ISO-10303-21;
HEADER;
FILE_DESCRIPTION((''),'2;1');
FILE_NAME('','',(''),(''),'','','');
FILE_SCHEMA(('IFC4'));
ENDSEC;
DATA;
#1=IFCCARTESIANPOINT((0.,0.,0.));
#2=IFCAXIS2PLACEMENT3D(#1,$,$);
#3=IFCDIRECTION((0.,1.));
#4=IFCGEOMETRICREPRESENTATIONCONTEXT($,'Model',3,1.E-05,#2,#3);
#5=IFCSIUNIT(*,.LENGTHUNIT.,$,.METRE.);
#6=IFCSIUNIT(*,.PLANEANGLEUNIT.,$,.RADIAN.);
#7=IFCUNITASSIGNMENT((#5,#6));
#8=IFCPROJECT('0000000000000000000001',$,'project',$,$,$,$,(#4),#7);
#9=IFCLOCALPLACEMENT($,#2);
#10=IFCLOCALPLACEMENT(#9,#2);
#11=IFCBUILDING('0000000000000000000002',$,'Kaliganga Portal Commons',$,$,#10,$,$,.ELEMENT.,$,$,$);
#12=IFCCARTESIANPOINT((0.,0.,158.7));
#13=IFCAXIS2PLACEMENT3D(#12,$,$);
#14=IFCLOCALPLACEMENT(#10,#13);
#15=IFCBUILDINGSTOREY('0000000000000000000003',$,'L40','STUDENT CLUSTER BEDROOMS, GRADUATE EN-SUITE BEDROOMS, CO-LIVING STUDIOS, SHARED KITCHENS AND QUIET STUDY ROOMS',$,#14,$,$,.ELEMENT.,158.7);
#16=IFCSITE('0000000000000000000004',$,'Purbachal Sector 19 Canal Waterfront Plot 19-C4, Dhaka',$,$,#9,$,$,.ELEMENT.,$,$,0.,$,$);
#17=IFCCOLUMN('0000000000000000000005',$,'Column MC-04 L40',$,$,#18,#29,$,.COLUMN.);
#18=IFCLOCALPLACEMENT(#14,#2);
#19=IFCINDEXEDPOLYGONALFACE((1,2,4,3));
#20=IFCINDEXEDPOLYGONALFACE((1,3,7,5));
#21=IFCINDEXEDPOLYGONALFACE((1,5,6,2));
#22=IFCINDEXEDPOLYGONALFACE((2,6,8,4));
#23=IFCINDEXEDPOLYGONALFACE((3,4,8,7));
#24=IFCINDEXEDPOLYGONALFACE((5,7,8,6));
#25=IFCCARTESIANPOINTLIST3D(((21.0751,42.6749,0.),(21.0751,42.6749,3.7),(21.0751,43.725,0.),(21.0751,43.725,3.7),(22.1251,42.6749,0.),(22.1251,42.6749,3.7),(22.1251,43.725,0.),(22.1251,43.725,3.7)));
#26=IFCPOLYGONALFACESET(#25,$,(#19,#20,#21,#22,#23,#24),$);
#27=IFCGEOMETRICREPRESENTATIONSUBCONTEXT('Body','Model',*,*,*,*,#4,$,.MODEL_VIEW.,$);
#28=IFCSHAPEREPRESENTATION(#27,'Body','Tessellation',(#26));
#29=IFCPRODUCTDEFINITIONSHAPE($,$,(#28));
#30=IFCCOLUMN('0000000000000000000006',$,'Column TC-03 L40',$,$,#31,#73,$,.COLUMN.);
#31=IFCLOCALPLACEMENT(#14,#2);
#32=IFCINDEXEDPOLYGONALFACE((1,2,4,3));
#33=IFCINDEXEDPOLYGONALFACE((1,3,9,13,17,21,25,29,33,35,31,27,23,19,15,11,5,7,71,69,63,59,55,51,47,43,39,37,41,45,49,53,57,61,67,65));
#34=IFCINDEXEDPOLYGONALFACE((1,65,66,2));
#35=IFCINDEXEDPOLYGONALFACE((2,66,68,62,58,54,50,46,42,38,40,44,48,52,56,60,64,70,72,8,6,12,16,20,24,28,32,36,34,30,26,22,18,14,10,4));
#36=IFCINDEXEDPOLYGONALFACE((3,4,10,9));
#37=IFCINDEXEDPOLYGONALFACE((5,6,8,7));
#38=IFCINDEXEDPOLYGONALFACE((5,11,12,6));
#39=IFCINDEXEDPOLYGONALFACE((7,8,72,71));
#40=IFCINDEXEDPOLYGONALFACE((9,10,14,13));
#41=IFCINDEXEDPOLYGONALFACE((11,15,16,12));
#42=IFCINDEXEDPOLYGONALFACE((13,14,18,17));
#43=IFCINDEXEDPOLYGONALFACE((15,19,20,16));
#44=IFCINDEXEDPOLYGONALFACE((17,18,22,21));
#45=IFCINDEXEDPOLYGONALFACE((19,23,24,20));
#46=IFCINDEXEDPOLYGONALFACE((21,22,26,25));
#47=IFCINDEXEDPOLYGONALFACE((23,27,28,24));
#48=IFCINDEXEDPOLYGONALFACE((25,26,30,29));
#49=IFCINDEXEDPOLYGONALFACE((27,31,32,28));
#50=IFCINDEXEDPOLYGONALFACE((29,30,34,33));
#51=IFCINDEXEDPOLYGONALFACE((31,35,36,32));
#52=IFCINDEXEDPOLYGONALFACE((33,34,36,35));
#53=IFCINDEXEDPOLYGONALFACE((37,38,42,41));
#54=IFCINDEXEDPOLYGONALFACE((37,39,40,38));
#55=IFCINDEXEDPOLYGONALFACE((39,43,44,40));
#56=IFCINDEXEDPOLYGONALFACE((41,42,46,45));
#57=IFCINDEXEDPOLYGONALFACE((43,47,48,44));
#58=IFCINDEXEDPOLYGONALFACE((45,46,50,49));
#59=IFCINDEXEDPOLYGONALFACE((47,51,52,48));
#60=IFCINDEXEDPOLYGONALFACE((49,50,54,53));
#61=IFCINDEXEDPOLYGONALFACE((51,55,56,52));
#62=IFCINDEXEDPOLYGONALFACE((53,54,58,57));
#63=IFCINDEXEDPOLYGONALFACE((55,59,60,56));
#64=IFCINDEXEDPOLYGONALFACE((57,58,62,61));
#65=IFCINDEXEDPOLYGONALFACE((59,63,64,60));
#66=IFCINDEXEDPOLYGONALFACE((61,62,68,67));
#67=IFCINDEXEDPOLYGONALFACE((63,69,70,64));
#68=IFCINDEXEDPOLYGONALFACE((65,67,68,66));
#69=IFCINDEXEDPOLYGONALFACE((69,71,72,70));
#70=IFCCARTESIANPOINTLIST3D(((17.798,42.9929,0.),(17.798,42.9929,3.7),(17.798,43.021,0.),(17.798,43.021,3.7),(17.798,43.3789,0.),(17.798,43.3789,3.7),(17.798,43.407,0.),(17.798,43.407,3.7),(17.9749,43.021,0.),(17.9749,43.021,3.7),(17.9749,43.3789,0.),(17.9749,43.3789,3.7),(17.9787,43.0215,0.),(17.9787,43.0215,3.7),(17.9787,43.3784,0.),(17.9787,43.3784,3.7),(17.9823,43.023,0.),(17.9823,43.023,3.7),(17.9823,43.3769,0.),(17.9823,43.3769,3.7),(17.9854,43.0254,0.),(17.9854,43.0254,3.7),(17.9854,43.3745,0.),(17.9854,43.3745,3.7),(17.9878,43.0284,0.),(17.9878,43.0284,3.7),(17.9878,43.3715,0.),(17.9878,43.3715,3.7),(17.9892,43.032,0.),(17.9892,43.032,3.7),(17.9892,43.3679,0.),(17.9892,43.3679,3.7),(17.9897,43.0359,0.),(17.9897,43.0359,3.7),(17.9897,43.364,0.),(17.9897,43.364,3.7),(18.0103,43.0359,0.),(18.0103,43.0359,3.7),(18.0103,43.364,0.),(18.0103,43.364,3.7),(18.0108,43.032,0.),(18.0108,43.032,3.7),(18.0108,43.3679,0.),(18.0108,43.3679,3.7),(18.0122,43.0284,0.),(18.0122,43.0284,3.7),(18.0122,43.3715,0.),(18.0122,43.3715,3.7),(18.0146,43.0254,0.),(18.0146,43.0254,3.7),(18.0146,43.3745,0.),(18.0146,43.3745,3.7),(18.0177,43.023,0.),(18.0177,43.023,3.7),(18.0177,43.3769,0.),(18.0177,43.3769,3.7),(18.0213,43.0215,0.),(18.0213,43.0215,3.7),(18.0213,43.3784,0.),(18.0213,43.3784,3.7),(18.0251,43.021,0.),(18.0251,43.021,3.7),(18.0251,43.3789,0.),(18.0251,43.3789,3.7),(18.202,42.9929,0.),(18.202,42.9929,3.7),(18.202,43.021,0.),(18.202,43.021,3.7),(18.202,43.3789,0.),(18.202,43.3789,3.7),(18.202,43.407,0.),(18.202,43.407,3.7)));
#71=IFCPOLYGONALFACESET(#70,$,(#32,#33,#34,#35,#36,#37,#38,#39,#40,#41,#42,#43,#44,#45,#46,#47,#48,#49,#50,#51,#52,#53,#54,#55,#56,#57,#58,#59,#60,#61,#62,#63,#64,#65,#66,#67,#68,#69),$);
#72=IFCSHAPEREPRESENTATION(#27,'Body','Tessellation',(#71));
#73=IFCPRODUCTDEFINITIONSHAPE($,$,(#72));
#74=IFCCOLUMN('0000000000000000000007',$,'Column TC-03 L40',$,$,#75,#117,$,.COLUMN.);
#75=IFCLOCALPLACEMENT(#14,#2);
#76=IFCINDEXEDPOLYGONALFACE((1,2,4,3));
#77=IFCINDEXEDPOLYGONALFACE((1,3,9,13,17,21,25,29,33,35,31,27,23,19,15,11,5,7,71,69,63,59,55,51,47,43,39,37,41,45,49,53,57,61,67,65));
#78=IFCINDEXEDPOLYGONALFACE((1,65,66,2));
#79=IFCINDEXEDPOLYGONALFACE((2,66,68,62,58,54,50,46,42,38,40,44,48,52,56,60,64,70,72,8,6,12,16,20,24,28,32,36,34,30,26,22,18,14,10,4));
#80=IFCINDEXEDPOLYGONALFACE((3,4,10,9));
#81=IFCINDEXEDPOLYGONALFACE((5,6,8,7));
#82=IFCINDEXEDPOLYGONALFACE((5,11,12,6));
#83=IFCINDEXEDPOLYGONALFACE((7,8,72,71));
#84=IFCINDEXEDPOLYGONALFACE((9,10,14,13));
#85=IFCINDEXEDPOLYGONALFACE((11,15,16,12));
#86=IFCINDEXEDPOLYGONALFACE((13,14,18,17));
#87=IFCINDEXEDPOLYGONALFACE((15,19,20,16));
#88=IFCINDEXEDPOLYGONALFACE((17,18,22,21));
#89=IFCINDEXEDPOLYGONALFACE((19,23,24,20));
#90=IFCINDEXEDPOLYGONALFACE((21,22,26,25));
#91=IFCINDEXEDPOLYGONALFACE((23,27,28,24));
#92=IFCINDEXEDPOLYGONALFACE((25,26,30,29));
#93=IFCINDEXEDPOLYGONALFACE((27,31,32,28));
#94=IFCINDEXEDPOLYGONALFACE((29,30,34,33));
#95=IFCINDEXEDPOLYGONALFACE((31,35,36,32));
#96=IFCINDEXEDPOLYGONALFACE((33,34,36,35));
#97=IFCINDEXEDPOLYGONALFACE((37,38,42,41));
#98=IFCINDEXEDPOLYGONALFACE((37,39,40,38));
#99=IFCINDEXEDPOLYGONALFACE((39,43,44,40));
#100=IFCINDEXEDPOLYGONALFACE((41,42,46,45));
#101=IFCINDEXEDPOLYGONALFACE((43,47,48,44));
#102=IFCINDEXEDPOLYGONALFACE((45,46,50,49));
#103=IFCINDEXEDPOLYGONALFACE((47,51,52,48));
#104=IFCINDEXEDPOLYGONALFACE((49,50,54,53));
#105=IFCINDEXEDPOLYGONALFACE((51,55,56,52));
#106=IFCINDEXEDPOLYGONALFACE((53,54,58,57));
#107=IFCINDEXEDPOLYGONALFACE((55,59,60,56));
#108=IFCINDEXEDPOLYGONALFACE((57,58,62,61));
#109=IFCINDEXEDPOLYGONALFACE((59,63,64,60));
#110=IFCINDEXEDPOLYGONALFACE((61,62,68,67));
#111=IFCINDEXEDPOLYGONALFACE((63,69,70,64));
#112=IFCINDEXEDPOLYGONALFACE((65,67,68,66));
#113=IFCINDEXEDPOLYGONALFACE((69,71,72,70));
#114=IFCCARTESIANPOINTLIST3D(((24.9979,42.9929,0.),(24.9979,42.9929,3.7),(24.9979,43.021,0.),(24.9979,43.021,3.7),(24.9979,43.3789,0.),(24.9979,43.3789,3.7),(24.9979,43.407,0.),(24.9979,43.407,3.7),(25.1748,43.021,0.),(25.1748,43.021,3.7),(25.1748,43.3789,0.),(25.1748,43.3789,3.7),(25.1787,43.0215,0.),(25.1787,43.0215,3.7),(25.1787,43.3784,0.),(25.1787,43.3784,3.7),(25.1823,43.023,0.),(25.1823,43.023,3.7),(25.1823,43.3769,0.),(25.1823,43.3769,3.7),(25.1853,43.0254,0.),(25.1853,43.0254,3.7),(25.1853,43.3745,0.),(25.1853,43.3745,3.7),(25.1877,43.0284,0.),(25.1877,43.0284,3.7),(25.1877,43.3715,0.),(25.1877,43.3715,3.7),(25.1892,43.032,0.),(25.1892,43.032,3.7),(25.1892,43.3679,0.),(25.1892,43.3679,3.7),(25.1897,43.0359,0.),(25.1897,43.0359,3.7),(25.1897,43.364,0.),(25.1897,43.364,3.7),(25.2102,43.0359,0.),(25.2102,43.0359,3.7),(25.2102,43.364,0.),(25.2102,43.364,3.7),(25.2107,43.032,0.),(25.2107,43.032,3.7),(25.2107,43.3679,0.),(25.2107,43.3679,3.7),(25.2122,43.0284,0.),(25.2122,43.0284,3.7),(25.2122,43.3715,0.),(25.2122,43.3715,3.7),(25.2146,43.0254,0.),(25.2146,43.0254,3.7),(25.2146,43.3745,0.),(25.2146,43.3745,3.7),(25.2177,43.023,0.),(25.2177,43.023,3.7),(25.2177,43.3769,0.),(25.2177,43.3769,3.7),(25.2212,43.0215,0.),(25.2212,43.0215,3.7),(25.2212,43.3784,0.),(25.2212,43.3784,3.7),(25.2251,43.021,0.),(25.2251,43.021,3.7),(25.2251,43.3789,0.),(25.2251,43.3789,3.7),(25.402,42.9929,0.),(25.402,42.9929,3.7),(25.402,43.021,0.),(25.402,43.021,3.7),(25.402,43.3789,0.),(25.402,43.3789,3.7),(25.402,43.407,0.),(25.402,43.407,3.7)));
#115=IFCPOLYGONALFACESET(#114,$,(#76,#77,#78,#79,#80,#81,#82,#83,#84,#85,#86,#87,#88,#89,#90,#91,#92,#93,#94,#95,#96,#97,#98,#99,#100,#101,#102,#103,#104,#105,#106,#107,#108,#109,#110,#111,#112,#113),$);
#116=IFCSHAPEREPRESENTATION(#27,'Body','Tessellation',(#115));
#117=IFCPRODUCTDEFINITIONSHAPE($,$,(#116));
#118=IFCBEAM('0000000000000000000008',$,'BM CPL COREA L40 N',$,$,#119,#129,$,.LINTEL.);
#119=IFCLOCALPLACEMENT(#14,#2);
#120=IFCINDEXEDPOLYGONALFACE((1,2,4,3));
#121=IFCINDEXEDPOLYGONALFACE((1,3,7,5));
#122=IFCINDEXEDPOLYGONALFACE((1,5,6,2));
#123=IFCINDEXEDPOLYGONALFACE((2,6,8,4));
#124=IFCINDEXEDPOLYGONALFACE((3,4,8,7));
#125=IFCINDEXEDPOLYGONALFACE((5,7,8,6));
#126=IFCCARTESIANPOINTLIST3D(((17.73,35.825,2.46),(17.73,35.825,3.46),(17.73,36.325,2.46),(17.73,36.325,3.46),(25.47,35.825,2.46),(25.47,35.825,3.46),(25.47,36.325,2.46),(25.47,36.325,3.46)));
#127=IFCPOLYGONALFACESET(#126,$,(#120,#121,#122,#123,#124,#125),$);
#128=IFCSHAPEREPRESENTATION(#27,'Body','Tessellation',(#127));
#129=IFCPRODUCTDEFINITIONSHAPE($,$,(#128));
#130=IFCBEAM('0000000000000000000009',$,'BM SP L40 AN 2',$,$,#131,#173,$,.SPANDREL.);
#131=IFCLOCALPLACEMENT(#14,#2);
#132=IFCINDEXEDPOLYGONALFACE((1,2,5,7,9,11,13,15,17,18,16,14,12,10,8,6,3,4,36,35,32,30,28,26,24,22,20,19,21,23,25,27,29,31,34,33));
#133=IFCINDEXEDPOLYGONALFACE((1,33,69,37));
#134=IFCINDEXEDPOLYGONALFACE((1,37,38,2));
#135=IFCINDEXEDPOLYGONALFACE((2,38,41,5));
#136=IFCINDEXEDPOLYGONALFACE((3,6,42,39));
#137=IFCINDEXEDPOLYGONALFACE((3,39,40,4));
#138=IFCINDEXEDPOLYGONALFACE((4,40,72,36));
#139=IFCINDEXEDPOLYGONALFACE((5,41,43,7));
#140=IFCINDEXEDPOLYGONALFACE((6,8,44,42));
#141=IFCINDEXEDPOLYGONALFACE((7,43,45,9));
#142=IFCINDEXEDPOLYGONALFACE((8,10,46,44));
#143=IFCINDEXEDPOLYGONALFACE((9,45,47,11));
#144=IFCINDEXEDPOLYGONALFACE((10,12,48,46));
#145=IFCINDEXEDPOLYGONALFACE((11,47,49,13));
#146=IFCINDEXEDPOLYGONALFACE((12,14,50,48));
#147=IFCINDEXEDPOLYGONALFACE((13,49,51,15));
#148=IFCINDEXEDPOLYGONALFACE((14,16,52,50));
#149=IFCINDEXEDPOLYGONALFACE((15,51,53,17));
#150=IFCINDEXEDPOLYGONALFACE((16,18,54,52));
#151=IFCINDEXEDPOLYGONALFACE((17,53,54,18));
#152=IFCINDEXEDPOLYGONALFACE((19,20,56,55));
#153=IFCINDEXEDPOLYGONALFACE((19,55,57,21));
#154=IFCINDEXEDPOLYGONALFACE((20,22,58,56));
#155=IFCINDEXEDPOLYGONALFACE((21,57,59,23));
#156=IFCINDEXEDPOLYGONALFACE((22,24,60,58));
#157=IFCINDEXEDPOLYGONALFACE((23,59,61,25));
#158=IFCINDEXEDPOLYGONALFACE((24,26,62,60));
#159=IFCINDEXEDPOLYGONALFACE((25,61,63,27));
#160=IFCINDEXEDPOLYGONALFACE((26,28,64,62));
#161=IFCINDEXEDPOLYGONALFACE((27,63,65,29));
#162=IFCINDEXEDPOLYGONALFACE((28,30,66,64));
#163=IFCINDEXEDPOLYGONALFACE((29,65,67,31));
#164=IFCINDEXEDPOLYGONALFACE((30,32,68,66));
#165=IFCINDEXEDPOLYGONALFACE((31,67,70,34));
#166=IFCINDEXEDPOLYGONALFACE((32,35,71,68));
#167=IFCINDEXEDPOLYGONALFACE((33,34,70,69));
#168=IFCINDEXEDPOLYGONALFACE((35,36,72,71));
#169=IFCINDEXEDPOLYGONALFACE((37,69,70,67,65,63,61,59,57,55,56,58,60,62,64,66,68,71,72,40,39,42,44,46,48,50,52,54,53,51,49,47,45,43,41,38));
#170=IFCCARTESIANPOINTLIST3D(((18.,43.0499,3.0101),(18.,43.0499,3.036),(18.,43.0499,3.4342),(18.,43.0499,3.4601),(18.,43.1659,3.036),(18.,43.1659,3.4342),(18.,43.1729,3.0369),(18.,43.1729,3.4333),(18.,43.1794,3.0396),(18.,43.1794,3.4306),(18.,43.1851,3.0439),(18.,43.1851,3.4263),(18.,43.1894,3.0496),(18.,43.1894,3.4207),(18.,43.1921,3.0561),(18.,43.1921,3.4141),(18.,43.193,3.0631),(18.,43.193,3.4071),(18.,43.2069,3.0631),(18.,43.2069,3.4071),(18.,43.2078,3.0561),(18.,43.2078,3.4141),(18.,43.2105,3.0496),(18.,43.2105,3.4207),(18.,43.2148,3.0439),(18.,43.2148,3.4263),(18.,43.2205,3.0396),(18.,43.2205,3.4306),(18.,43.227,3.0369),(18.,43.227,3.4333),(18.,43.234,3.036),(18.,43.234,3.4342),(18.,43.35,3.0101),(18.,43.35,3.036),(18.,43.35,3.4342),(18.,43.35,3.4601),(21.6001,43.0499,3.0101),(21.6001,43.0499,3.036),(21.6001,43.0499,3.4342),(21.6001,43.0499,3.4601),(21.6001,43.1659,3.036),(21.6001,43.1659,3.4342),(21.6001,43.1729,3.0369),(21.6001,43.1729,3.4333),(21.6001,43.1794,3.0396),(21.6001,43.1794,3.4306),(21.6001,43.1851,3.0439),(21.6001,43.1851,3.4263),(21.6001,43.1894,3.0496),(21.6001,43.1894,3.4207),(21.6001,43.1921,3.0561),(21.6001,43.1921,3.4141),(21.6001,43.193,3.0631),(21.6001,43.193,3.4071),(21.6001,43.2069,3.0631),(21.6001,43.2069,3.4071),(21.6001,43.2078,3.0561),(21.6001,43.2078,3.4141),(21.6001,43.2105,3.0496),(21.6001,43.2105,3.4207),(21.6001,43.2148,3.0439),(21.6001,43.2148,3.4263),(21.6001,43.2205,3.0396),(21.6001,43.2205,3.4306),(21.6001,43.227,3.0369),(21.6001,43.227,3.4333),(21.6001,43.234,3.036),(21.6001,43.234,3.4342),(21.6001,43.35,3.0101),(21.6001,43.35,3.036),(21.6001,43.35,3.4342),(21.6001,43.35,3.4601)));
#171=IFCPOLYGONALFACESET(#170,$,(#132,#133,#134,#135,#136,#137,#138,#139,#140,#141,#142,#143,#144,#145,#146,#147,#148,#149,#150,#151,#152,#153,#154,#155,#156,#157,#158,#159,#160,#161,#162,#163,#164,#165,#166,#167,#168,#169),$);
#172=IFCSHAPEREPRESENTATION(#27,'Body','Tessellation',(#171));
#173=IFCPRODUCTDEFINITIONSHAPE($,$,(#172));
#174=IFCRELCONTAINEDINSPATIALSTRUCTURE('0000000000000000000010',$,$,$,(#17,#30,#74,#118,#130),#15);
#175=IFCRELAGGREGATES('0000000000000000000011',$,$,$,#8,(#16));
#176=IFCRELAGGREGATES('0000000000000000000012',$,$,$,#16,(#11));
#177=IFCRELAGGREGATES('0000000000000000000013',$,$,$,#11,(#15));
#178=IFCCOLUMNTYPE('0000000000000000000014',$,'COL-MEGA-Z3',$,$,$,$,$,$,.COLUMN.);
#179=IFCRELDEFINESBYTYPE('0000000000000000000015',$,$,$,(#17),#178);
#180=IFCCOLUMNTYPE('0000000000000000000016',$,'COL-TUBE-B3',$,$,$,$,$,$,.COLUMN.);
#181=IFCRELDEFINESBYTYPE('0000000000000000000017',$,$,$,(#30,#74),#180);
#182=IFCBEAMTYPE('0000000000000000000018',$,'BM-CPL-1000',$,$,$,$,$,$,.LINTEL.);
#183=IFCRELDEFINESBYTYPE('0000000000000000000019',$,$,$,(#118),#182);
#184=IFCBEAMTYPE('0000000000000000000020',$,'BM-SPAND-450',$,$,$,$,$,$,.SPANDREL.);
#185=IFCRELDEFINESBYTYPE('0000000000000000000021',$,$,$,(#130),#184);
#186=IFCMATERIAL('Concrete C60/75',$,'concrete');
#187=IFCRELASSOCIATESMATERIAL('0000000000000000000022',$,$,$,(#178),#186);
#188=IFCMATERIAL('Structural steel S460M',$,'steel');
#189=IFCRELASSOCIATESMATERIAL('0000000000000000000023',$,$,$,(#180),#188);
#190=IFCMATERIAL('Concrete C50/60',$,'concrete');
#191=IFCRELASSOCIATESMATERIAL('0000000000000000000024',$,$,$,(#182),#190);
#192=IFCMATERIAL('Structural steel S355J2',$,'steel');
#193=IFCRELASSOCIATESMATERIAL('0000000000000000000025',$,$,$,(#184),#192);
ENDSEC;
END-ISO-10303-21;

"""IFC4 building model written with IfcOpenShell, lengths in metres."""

from ifc_helpers import new_model, si_unit, direction, frame, origin, origin_2d, place, context, subcontext, project, spatial, rectangle, i_section, extrude, source, transform, mapped, material, material_profile, profile_set, type_object, element, save


model = new_model("IFC4")

# Units and contexts
model_context = context("Model", 3, precision=1e-05, world=origin(), true_north=direction((0.0, 1.0)))
body_context = subcontext(model_context, "Body", "Model", "MODEL_VIEW")
ifc_project = project(units=[si_unit("LENGTHUNIT", "METRE"), si_unit("PLANEANGLEUNIT", "RADIAN")], contexts=[model_context])

# Site, building, storey
site_placement = place(None, origin())
site = spatial("IfcSite", under=ifc_project, at=site_placement, Name="Purbachal Sector 19 Canal Waterfront Plot 19-C4, Dhaka", CompositionType="ELEMENT", RefElevation=0.0)
building_placement = place(site_placement, origin())
building = spatial("IfcBuilding", under=site, at=building_placement, Name="Kaliganga Portal Commons", CompositionType="ELEMENT")
storey_placement = place(building_placement, frame((0.0, 0.0, 158.7)))
storey = spatial("IfcBuildingStorey", under=building, at=storey_placement, Name="L40", Description="STUDENT CLUSTER BEDROOMS, GRADUATE EN-SUITE BEDROOMS, CO-LIVING STUDIOS, SHARED KITCHENS AND QUIET STUDY ROOMS", CompositionType="ELEMENT", Elevation=158.7)

# Columns
ifc_material_1 = material(Name="Concrete C60/75", Category="concrete")
ifc_material_profile_1 = material_profile(ifc_material_1, rectangle(XDim=1.05, YDim=1.05, at=origin_2d()), Name="RC 1050x1050")
ifc_profile_set_1 = profile_set([ifc_material_profile_1], Name="Concrete C60/75")
column_type_1 = type_object("IfcColumnType", Name="COL-MEGA-Z3", PredefinedType="COLUMN", material=ifc_profile_set_1)
shared_shape_1 = source(origin(), body_context, "Body", "SweptSolid", [
    extrude(rectangle(XDim=1.05, YDim=1.05, at=origin_2d()), origin(), (0.0, 0.0, 1.0), 3.7),
])
column_placement = place(storey_placement, frame((21.6001, 43.2, 0.0), z_axis=(0.0, 0.0, 1.0), x_axis=(1.0, 0.0, 0.0)))
element("IfcColumn", 1, at=column_placement, inside=storey, type_object=column_type_1, Name="Column MC-04 L40", PredefinedType="COLUMN", context=body_context, shape_type="MappedRepresentation", body=[
    mapped(shared_shape_1, transform((0.0, 0.0, 0.0), x_axis=(1.0, 0.0, 0.0), y_axis=(0.0, 1.0, 0.0), z_axis=(0.0, 0.0, 1.0), scale=1.0)),
])
ifc_material_2 = material(Name="Structural steel S460M", Category="steel")
ifc_material_profile_2 = material_profile(ifc_material_2, i_section(OverallWidth=0.4041, OverallDepth=0.4141, WebThickness=0.0205, FlangeThickness=0.0281, FilletRadius=0.0149, at=origin_2d()), Name="HD 400x347")
ifc_profile_set_2 = profile_set([ifc_material_profile_2], Name="Structural steel S460M wide-flange")
column_type_2 = type_object("IfcColumnType", Name="COL-TUBE-B3", PredefinedType="COLUMN", material=ifc_profile_set_2)
shared_shape_2 = source(origin(), body_context, "Body", "SweptSolid", [
    extrude(i_section(OverallWidth=0.4041, OverallDepth=0.4141, WebThickness=0.0205, FlangeThickness=0.0281, FilletRadius=0.0149, at=origin_2d()), origin(), (0.0, 0.0, 1.0), 3.7),
])
for number, where, z_axis, x_axis, name in (
    (2, (18.0, 43.2, 0.0), (0.0, 0.0, 1.0), (1.0, 0.0, 0.0), "Column TC-03 L40"),
    (3, (25.2, 43.2, 0.0), (0.0, 0.0, 1.0), (1.0, 0.0, 0.0), "Column TC-03 L40"),
):
    element("IfcColumn", number, at=place(storey_placement, frame(where, z_axis=z_axis, x_axis=x_axis)), inside=storey, type_object=column_type_2, Name=name, PredefinedType="COLUMN", context=body_context, shape_type="MappedRepresentation", body=[
        mapped(shared_shape_2, transform((0.0, 0.0, 0.0), x_axis=(1.0, 0.0, 0.0), y_axis=(0.0, 1.0, 0.0), z_axis=(0.0, 0.0, 1.0), scale=1.0)),
    ])

# Beams
ifc_material_3 = material(Name="Concrete C50/60", Category="concrete")
ifc_material_profile_3 = material_profile(ifc_material_3, rectangle(XDim=0.5, YDim=1.0, at=origin_2d()), Name="RC 500x1000")
ifc_profile_set_3 = profile_set([ifc_material_profile_3], Name="Concrete C50/60")
beam_type_1 = type_object("IfcBeamType", Name="BM-CPL-1000", PredefinedType="LINTEL", material=ifc_profile_set_3)
shared_shape_3 = source(origin(), body_context, "Body", "SweptSolid", [
    extrude(rectangle(XDim=0.5, YDim=1.0, at=origin_2d()), origin(), (0.0, 0.0, 1.0), 7.74),
])
beam_1_placement = place(storey_placement, frame((17.73, 36.075, 2.96), z_axis=(1.0, 0.0, 0.0), x_axis=(0.0, 1.0, 0.0)))
element("IfcBeam", 4, at=beam_1_placement, inside=storey, type_object=beam_type_1, Name="BM CPL COREA L40 N", PredefinedType="LINTEL", context=body_context, shape_type="MappedRepresentation", body=[
    mapped(shared_shape_3, transform((0.0, 0.0, 0.0), x_axis=(1.0, 0.0, 0.0), y_axis=(0.0, 1.0, 0.0), z_axis=(0.0, 0.0, 1.0), scale=1.0)),
])
ifc_material_4 = material(Name="Structural steel S355J2", Category="steel")
ifc_material_profile_4 = material_profile(ifc_material_4, i_section(OverallWidth=0.3, OverallDepth=0.45, WebThickness=0.0139, FlangeThickness=0.0259, FilletRadius=0.0271, at=origin_2d()), Name="HE 450 B")
ifc_profile_set_4 = profile_set([ifc_material_profile_4], Name="Structural steel S355J2 wide-flange")
beam_type_2 = type_object("IfcBeamType", Name="BM-SPAND-450", PredefinedType="SPANDREL", material=ifc_profile_set_4)
shared_shape_4 = source(origin(), body_context, "Body", "SweptSolid", [
    extrude(i_section(OverallWidth=0.3, OverallDepth=0.45, WebThickness=0.0139, FlangeThickness=0.0259, FilletRadius=0.0271, at=origin_2d()), origin(), (0.0, 0.0, 1.0), 3.6001),
])
for number, where, z_axis, x_axis, name in (
    (5, (18.0, 43.2, 3.2351), (1.0, 0.0, 0.0), (0.0, 1.0, 0.0), "BM SP L40 AN 2"),
):
    element("IfcBeam", number, at=place(storey_placement, frame(where, z_axis=z_axis, x_axis=x_axis)), inside=storey, type_object=beam_type_2, Name=name, PredefinedType="SPANDREL", context=body_context, shape_type="MappedRepresentation", body=[
        mapped(shared_shape_4, transform((0.0, 0.0, 0.0), x_axis=(1.0, 0.0, 0.0), y_axis=(0.0, 1.0, 0.0), z_axis=(0.0, 0.0, 1.0), scale=1.0)),
    ])

save(model, "model.ifc")
